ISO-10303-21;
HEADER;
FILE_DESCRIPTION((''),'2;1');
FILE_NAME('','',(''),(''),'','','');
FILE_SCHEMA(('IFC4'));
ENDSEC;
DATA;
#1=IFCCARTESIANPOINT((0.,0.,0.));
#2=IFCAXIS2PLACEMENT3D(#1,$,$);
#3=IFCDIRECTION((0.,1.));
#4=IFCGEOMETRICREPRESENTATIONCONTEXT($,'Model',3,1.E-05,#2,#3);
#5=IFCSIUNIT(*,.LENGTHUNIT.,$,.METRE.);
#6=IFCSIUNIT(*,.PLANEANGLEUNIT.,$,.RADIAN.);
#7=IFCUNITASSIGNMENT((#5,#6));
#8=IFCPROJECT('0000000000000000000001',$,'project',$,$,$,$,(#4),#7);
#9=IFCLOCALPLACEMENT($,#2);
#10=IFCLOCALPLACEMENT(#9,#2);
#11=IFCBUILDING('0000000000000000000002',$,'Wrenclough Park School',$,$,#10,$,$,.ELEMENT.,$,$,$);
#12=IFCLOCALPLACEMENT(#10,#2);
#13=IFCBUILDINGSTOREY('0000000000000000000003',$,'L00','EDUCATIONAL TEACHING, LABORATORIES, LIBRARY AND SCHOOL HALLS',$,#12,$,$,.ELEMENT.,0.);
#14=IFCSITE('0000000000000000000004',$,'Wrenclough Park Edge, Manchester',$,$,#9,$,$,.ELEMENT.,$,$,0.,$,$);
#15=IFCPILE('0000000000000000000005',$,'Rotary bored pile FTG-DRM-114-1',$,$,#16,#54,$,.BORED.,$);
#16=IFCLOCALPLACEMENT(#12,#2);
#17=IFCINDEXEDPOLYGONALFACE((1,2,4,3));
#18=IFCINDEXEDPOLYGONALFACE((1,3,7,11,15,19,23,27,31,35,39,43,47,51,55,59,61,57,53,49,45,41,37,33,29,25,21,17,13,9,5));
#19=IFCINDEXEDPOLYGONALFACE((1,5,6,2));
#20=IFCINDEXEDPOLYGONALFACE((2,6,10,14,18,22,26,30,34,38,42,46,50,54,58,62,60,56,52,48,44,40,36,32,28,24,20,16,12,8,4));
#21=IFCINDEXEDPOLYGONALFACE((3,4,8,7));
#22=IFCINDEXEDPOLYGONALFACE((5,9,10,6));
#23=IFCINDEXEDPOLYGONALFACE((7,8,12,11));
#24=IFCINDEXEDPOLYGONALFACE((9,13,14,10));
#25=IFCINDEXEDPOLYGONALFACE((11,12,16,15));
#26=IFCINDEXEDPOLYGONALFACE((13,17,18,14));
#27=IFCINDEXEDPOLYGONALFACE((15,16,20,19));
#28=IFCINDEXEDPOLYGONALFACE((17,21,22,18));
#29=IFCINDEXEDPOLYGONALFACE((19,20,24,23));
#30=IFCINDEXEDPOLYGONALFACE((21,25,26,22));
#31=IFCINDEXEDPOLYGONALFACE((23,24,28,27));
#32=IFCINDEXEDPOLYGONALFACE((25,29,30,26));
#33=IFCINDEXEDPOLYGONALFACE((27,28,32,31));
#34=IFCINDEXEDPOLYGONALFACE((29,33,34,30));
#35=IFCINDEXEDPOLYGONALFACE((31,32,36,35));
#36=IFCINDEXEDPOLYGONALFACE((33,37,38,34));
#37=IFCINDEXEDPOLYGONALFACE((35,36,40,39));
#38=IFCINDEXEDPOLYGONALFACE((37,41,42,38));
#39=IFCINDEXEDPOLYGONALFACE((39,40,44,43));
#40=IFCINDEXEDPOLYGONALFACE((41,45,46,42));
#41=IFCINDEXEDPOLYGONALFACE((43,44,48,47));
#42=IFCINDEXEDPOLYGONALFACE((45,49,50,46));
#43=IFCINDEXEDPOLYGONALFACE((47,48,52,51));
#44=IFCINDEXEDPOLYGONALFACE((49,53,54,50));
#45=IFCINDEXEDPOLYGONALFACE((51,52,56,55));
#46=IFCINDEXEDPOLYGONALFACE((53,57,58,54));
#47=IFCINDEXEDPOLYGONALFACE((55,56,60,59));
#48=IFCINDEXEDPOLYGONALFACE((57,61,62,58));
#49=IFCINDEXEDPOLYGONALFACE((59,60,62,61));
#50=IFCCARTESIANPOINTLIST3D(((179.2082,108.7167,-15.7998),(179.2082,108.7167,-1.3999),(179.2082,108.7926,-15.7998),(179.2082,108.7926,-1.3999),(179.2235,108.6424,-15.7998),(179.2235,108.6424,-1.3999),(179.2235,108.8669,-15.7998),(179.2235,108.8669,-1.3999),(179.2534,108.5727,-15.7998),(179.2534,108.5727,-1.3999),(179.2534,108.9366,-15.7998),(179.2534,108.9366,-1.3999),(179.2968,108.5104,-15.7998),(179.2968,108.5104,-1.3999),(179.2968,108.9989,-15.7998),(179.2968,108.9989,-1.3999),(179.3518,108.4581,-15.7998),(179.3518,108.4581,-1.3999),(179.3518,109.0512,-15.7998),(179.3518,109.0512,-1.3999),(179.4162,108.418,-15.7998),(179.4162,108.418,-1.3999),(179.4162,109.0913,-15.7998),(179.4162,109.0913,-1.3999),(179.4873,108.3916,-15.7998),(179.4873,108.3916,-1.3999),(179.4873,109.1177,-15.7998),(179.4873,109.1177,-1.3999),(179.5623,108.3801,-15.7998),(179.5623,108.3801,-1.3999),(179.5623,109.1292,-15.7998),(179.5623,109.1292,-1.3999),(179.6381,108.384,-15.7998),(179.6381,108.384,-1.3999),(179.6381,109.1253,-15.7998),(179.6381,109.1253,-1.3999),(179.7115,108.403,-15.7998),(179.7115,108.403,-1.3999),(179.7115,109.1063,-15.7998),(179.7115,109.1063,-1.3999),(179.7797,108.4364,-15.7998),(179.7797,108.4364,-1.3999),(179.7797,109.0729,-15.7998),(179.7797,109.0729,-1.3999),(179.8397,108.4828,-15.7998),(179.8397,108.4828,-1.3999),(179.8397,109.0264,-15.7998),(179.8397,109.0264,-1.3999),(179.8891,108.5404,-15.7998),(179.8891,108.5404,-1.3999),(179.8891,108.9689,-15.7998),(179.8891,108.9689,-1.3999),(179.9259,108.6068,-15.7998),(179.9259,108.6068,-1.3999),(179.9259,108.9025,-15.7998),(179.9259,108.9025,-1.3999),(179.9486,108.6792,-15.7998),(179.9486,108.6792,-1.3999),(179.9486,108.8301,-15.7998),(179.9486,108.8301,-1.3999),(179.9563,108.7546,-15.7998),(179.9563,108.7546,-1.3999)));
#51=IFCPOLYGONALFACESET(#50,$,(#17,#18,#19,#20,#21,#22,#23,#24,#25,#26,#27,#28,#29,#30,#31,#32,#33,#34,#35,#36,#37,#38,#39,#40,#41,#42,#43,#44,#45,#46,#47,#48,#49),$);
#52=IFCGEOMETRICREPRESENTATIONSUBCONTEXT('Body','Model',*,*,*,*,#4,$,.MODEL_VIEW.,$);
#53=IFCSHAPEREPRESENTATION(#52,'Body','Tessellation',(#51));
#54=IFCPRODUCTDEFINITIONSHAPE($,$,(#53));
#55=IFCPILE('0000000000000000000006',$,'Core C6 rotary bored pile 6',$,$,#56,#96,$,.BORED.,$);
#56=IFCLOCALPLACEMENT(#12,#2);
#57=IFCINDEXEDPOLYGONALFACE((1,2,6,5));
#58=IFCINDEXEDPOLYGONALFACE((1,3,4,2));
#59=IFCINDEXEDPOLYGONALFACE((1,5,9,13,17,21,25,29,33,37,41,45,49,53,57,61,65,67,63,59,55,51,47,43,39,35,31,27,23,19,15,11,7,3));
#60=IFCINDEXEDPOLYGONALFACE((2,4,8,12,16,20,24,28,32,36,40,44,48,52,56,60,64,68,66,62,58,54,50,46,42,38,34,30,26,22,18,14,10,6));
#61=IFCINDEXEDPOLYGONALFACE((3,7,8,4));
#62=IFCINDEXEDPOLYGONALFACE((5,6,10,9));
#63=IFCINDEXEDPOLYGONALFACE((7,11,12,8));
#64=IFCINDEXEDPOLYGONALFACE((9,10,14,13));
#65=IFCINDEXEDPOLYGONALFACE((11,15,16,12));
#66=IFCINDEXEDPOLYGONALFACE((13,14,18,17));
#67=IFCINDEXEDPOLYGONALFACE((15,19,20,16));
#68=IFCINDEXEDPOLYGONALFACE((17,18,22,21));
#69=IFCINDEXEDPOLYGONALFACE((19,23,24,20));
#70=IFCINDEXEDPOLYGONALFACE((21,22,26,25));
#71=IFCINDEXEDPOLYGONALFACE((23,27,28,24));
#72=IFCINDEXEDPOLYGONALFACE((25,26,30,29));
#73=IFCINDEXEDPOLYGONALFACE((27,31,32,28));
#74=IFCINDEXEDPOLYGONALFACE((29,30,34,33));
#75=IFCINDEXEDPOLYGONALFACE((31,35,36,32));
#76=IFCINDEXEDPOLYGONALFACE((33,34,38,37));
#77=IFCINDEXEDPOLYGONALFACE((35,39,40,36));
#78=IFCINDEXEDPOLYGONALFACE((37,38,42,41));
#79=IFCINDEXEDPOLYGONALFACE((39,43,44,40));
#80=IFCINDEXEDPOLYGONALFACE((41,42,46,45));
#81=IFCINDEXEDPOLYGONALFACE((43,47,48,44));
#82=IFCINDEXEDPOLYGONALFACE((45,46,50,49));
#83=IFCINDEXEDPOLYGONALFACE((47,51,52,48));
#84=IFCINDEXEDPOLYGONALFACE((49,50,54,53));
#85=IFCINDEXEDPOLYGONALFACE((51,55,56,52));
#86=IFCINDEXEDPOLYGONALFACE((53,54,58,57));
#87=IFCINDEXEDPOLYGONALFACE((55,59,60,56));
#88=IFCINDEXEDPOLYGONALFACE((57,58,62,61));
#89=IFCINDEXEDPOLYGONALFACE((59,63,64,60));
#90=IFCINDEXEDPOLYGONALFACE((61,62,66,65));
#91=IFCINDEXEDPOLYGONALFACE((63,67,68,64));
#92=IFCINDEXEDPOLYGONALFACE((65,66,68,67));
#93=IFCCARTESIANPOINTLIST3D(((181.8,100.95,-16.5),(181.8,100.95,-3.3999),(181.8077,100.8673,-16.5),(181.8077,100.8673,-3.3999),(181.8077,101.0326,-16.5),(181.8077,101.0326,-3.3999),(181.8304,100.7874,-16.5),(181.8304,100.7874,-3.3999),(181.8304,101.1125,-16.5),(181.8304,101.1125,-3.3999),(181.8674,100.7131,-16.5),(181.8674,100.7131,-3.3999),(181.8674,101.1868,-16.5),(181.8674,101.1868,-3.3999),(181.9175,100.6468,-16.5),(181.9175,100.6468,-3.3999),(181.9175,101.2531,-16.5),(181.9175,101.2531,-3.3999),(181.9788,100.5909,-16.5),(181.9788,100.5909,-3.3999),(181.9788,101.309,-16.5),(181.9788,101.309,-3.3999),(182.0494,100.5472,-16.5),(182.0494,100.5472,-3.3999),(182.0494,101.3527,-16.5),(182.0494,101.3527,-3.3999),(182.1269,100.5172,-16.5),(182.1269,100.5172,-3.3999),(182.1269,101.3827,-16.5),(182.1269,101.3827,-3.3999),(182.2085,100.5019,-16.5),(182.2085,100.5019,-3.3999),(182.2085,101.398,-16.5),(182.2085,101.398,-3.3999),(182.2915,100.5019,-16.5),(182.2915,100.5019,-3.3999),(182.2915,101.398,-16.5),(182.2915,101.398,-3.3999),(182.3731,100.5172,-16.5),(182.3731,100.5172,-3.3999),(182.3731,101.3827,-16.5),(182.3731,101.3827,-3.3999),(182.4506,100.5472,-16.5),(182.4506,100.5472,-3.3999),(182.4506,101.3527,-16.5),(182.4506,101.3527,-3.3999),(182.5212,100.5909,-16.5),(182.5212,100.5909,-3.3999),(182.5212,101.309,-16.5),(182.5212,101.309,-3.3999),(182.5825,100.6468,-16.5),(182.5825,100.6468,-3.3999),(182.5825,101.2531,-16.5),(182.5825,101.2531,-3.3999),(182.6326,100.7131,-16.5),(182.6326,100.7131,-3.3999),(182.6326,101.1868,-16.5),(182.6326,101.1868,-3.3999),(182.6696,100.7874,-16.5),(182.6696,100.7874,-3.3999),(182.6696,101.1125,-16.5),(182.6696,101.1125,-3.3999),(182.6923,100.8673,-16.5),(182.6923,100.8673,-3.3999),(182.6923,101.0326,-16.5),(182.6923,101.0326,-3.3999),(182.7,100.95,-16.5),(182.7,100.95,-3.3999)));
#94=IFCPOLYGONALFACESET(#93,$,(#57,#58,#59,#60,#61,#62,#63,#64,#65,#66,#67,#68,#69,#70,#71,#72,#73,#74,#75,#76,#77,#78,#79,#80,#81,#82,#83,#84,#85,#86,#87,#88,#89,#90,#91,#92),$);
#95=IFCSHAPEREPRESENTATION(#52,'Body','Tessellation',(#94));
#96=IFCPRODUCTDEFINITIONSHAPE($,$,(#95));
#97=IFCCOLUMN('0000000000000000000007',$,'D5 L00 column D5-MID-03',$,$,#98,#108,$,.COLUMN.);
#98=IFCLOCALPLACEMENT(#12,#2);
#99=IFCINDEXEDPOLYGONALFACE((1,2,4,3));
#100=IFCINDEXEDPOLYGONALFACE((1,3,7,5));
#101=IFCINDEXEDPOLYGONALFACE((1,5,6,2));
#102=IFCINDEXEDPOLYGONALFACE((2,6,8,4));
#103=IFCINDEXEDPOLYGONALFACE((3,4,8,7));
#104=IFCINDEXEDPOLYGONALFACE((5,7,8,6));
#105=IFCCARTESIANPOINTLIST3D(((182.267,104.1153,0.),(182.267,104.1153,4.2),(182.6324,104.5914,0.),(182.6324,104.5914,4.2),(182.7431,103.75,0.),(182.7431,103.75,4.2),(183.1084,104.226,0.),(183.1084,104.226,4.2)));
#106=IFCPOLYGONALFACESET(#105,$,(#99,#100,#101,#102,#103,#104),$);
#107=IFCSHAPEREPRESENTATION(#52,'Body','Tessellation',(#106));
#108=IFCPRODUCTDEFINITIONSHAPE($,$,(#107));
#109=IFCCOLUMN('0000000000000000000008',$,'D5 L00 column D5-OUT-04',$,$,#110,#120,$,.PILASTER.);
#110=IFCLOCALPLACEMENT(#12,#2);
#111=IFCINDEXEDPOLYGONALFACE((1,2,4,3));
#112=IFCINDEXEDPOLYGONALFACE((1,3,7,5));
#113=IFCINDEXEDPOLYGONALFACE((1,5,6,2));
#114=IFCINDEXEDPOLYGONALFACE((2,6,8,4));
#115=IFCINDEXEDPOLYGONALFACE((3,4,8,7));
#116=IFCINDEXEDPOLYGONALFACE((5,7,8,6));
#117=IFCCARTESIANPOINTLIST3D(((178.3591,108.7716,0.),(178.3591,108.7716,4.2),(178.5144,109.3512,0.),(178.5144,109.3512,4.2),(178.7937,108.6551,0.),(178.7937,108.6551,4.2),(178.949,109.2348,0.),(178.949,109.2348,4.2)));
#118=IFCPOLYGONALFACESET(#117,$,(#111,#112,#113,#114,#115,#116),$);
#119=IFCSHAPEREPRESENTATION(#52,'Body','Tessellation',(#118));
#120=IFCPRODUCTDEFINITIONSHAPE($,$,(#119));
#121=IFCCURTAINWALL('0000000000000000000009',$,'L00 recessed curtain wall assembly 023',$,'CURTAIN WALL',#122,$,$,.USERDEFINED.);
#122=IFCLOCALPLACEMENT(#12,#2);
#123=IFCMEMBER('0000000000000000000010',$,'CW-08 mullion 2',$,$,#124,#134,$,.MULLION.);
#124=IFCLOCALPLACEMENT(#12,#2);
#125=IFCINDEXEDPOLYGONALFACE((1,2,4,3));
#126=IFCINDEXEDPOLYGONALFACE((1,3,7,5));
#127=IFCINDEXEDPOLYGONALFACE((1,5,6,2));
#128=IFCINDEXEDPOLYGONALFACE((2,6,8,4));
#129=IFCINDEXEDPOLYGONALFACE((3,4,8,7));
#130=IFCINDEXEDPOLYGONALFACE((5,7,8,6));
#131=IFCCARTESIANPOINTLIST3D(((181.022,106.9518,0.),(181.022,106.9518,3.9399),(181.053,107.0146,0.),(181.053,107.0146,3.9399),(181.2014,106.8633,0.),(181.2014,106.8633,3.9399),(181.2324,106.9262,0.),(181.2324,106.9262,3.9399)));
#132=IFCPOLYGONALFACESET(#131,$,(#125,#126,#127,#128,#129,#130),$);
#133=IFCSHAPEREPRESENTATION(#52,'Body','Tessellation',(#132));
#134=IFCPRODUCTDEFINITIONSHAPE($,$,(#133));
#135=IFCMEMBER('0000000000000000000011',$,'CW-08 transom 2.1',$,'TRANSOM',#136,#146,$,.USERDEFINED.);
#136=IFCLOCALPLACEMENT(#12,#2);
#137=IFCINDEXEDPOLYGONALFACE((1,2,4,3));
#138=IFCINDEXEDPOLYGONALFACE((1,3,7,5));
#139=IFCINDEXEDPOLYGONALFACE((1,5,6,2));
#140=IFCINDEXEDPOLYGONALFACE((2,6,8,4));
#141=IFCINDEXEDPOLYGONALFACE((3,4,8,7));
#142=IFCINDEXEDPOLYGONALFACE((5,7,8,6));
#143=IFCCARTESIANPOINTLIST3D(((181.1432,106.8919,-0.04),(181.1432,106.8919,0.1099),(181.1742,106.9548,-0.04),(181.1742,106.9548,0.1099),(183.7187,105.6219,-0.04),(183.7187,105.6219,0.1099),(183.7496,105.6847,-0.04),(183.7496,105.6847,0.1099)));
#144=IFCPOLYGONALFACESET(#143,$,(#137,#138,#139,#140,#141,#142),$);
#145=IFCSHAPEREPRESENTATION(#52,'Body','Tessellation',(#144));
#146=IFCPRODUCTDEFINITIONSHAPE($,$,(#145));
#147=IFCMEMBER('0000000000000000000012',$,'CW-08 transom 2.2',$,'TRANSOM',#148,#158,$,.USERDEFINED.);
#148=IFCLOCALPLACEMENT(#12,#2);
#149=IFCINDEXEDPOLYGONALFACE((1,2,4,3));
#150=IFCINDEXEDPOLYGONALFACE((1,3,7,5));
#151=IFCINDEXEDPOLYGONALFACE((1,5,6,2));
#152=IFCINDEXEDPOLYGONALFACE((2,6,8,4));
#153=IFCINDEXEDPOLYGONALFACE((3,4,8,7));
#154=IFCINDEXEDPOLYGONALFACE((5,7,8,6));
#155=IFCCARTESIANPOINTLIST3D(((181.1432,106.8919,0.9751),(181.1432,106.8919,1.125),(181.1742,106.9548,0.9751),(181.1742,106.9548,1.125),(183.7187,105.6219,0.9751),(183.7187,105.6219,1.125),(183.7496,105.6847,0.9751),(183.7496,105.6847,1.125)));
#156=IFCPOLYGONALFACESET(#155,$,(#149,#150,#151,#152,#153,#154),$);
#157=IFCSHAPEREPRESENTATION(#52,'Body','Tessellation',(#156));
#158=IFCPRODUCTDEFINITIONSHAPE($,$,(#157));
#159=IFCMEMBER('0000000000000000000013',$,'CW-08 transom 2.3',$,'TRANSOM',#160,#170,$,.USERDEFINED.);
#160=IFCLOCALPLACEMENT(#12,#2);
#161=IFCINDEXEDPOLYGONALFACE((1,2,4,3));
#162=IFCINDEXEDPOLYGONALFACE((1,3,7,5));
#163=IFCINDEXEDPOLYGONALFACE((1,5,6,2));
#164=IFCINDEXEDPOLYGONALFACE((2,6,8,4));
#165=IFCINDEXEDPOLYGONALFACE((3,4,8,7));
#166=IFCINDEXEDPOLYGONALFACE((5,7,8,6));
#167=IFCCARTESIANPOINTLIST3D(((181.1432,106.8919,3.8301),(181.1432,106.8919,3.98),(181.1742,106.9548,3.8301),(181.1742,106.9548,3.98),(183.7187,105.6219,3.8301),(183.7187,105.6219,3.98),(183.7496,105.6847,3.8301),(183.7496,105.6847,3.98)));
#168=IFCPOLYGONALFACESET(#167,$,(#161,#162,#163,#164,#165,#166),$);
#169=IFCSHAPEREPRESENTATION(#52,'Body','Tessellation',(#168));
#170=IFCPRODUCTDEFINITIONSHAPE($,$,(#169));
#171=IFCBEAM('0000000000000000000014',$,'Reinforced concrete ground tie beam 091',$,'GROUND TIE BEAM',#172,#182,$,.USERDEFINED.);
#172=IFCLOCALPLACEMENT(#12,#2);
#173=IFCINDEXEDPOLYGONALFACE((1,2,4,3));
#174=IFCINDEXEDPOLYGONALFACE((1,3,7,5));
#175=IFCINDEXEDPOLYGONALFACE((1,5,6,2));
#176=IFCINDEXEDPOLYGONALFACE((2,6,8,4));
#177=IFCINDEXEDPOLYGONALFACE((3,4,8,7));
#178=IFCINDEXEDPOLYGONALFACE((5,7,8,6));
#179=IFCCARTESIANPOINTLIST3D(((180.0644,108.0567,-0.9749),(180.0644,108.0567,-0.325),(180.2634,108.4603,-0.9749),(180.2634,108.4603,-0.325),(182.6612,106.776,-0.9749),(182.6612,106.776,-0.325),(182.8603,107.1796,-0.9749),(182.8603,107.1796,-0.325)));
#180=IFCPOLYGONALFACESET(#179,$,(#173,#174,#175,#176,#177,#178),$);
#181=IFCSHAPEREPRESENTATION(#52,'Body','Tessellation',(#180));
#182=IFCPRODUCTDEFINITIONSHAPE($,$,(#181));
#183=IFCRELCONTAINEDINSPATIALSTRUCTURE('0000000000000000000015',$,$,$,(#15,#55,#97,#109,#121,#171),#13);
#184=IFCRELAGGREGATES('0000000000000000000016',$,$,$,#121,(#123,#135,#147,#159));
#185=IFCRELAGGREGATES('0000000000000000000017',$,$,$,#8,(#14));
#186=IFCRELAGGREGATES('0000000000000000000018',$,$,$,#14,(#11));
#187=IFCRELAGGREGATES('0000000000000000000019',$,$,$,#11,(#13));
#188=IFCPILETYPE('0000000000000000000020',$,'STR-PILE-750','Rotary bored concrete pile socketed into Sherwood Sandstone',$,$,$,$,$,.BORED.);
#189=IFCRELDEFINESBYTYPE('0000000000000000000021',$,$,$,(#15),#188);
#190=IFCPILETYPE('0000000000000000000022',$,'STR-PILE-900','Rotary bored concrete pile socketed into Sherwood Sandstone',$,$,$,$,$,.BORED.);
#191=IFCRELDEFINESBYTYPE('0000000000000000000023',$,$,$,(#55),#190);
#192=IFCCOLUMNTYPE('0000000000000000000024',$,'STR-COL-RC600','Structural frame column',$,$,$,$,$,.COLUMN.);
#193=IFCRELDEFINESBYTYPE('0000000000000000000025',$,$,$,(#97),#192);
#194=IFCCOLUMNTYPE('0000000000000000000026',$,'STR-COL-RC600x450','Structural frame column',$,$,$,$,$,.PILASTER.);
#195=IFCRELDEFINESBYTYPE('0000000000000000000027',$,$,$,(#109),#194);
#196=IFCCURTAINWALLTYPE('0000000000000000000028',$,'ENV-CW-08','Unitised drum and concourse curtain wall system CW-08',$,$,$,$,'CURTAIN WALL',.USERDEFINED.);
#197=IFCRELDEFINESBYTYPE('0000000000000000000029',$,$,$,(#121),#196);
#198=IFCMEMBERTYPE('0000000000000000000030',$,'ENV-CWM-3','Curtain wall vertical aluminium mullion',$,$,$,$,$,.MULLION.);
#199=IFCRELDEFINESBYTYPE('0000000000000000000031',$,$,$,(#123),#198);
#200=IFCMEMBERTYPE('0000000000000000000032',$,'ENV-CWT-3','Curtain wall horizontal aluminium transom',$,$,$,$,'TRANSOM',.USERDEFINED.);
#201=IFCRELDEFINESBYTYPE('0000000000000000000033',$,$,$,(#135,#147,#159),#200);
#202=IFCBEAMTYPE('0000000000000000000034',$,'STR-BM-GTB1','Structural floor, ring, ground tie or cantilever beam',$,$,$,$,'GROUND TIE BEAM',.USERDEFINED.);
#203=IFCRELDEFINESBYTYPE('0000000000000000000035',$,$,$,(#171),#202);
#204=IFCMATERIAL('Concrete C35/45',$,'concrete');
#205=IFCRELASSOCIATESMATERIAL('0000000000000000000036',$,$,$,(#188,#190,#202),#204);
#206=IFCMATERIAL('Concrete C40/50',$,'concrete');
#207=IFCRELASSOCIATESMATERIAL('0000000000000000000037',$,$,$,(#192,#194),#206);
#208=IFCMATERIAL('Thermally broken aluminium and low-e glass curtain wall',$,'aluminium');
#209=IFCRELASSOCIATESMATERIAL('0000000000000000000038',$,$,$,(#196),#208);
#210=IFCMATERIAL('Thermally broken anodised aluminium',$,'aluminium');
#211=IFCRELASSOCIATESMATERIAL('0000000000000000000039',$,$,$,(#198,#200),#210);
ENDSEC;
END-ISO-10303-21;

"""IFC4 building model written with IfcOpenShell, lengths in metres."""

from ifc_helpers import new_model, si_unit, direction, frame, origin, origin_2d, place, context, subcontext, project, spatial, rectangle, circle, extrude, material, material_profile, profile_set, type_object, element, aggregate, save


model = new_model("IFC4")

# Units and contexts
model_context = context("Model", 3, precision=1e-05, world=origin(), true_north=direction((0.0, 1.0)))
body_context = subcontext(model_context, "Body", "Model", "MODEL_VIEW")
ifc_project = project(units=[si_unit("LENGTHUNIT", "METRE"), si_unit("PLANEANGLEUNIT", "RADIAN")], contexts=[model_context])

# Site, building, storey
site_placement = place(None, origin())
site = spatial("IfcSite", under=ifc_project, at=site_placement, Name="Wrenclough Park Edge, Manchester", CompositionType="ELEMENT", RefElevation=0.0)
building_placement = place(site_placement, origin())
building = spatial("IfcBuilding", under=site, at=building_placement, Name="Wrenclough Park School", CompositionType="ELEMENT")
storey_placement = place(building_placement, origin())
storey = spatial("IfcBuildingStorey", under=building, at=storey_placement, Name="L00", Description="EDUCATIONAL TEACHING, LABORATORIES, LIBRARY AND SCHOOL HALLS", CompositionType="ELEMENT", Elevation=0.0)

# Shared definitions
ifc_material_1 = material(Name="Concrete C35/45", Category="concrete")

# Piles
ifc_material_profile_1 = material_profile(ifc_material_1, circle(Radius=0.375, at=origin_2d()), Name="BORED PILE D750")
ifc_profile_set_1 = profile_set([ifc_material_profile_1], Name="Concrete C35/45")
pile_type_1 = type_object("IfcPileType", Name="STR-PILE-750", Description="Rotary bored concrete pile socketed into Sherwood Sandstone", PredefinedType="BORED", material=ifc_profile_set_1)
for number, where, z_axis, x_axis, name in (
    (1, (179.5813, 108.7546, -1.3999), (0.0, 0.0, -1.0), (1.0, 0.0, 0.0), "Rotary bored pile FTG-DRM-114-1"),
):
    element("IfcPile", number, at=place(storey_placement, frame(where, z_axis=z_axis, x_axis=x_axis)), inside=storey, type_object=pile_type_1, Name=name, PredefinedType="BORED", context=body_context, shape_type="SweptSolid", body=[
        extrude(circle(Radius=0.375, at=origin_2d()), origin(), (0.0, 0.0, 1.0), 14.3999),
    ])
ifc_material_profile_2 = material_profile(ifc_material_1, circle(Radius=0.45, at=origin_2d()), Name="BORED PILE D900")
ifc_profile_set_2 = profile_set([ifc_material_profile_2], Name="Concrete C35/45")
pile_type_2 = type_object("IfcPileType", Name="STR-PILE-900", Description="Rotary bored concrete pile socketed into Sherwood Sandstone", PredefinedType="BORED", material=ifc_profile_set_2)
pile_placement = place(storey_placement, frame((182.25, 100.95, -3.3999), z_axis=(0.0, 0.0, -1.0), x_axis=(1.0, 0.0, 0.0)))
element("IfcPile", 2, at=pile_placement, inside=storey, type_object=pile_type_2, Name="Core C6 rotary bored pile 6", PredefinedType="BORED", context=body_context, shape_type="SweptSolid", body=[
    extrude(circle(Radius=0.45, at=origin_2d()), origin(), (0.0, 0.0, 1.0), 13.1001),
])

# Columns
ifc_material_2 = material(Name="Concrete C40/50", Category="concrete")
ifc_material_profile_3 = material_profile(ifc_material_2, rectangle(XDim=0.6001, YDim=0.6001, at=origin_2d()), Name="RC COL 600x600")
ifc_profile_set_3 = profile_set([ifc_material_profile_3], Name="Concrete C40/50")
column_type_1 = type_object("IfcColumnType", Name="STR-COL-RC600", Description="Structural frame column", PredefinedType="COLUMN", material=ifc_profile_set_3)
column_1_placement = place(storey_placement, frame((182.6877, 104.1707, 0.0), z_axis=(0.0, 0.0, 1.0), x_axis=(-0.793353, 0.608761, 0.0)))
element("IfcColumn", 3, at=column_1_placement, inside=storey, type_object=column_type_1, Name="D5 L00 column D5-MID-03", PredefinedType="COLUMN", context=body_context, shape_type="SweptSolid", body=[
    extrude(rectangle(XDim=0.6001, YDim=0.6001, at=origin_2d()), origin(), (0.0, 0.0, 1.0), 4.2),
])
ifc_material_profile_4 = material_profile(ifc_material_2, rectangle(XDim=0.45, YDim=0.6001, at=origin_2d()), Name="RC COL 600x450")
ifc_profile_set_4 = profile_set([ifc_material_profile_4], Name="Concrete C40/50")
column_type_2 = type_object("IfcColumnType", Name="STR-COL-RC600x450", Description="Structural frame column", PredefinedType="PILASTER", material=ifc_profile_set_4)
column_2_placement = place(storey_placement, frame((178.6541, 109.0032, 0.0), z_axis=(0.0, 0.0, 1.0), x_axis=(-0.965926, 0.258819, 0.0)))
element("IfcColumn", 4, at=column_2_placement, inside=storey, type_object=column_type_2, Name="D5 L00 column D5-OUT-04", PredefinedType="PILASTER", context=body_context, shape_type="SweptSolid", body=[
    extrude(rectangle(XDim=0.45, YDim=0.6001, at=origin_2d()), origin(), (0.0, 0.0, 1.0), 4.2),
])

# Curtain wall, members
ifc_material_3 = material(Name="Thermally broken aluminium and low-e glass curtain wall", Category="aluminium")
curtain_wall_type = type_object("IfcCurtainWallType", Name="ENV-CW-08", Description="Unitised drum and concourse curtain wall system CW-08", ElementType="CURTAIN WALL", PredefinedType="USERDEFINED", material=ifc_material_3)
curtain_wall_placement = place(storey_placement, origin())
curtain_wall = element("IfcCurtainWall", 5, at=curtain_wall_placement, inside=storey, type_object=curtain_wall_type, Name="L00 recessed curtain wall assembly 023", ObjectType="CURTAIN WALL", PredefinedType="USERDEFINED")
ifc_material_4 = material(Name="Thermally broken anodised aluminium", Category="aluminium")
ifc_material_profile_5 = material_profile(ifc_material_4, rectangle(XDim=0.0701, YDim=0.2, at=origin_2d()), Name="AL MULLION 70x200")
ifc_profile_set_5 = profile_set([ifc_material_profile_5], Name="Thermally broken anodised aluminium")
member_type_1 = type_object("IfcMemberType", Name="ENV-CWM-3", Description="Curtain wall vertical aluminium mullion", PredefinedType="MULLION", material=ifc_profile_set_5)
member_1_placement = place(storey_placement, frame((181.1272, 106.939, 0.0), z_axis=(0.0, 0.0, 1.0), x_axis=(0.442302, 0.896866, 0.0)))
member_1 = element("IfcMember", 6, at=member_1_placement, type_object=member_type_1, Name="CW-08 mullion 2", PredefinedType="MULLION", context=body_context, shape_type="SweptSolid", body=[
    extrude(rectangle(XDim=0.0701, YDim=0.2, at=origin_2d()), origin(), (0.0, 0.0, 1.0), 3.9399),
])
ifc_material_profile_6 = material_profile(ifc_material_4, rectangle(XDim=0.0701, YDim=0.1499, at=origin_2d()), Name="AL TRANSOM 70x150")
ifc_profile_set_6 = profile_set([ifc_material_profile_6], Name="Thermally broken anodised aluminium")
member_type_2 = type_object("IfcMemberType", Name="ENV-CWT-3", Description="Curtain wall horizontal aluminium transom", ElementType="TRANSOM", PredefinedType="USERDEFINED", material=ifc_profile_set_6)
member_2_placement = place(storey_placement, frame((181.1587, 106.9233, 0.0349), z_axis=(0.896879, -0.442276, 0.0), x_axis=(0.442276, 0.896879, 0.0)))
member_2 = element("IfcMember", 7, at=member_2_placement, type_object=member_type_2, Name="CW-08 transom 2.1", ObjectType="TRANSOM", PredefinedType="USERDEFINED", context=body_context, shape_type="SweptSolid", body=[
    extrude(rectangle(XDim=0.0701, YDim=0.1499, at=origin_2d()), origin(), (0.0, 0.0, 1.0), 2.8716),
])
member_3_placement = place(storey_placement, frame((181.1587, 106.9233, 1.05), z_axis=(0.896879, -0.442276, 0.0), x_axis=(0.442276, 0.896879, 0.0)))
member_3 = element("IfcMember", 8, at=member_3_placement, type_object=member_type_2, Name="CW-08 transom 2.2", ObjectType="TRANSOM", PredefinedType="USERDEFINED", context=body_context, shape_type="SweptSolid", body=[
    extrude(rectangle(XDim=0.0701, YDim=0.1499, at=origin_2d()), origin(), (0.0, 0.0, 1.0), 2.8716),
])
member_4_placement = place(storey_placement, frame((181.1587, 106.9233, 3.905), z_axis=(0.896879, -0.442276, 0.0), x_axis=(0.442276, 0.896879, 0.0)))
member_4 = element("IfcMember", 9, at=member_4_placement, type_object=member_type_2, Name="CW-08 transom 2.3", ObjectType="TRANSOM", PredefinedType="USERDEFINED", context=body_context, shape_type="SweptSolid", body=[
    extrude(rectangle(XDim=0.0701, YDim=0.1499, at=origin_2d()), origin(), (0.0, 0.0, 1.0), 2.8716),
])

# Beam
ifc_material_profile_7 = material_profile(ifc_material_1, rectangle(XDim=0.45, YDim=0.6499, at=origin_2d()), Name="RC GROUND 450x650")
ifc_profile_set_7 = profile_set([ifc_material_profile_7], Name="Concrete C35/45")
beam_type_1 = type_object("IfcBeamType", Name="STR-BM-GTB1", Description="Structural floor, ring, ground tie or cantilever beam", ElementType="GROUND TIE BEAM", PredefinedType="USERDEFINED", material=ifc_profile_set_7)
beam_1_placement = place(storey_placement, frame((182.7607, 106.9778, -0.6499), z_axis=(-0.896859, 0.442317, 0.0), x_axis=(-0.442317, -0.896859, 0.0)))
element("IfcBeam", 10, at=beam_1_placement, inside=storey, type_object=beam_type_1, Name="Reinforced concrete ground tie beam 091", ObjectType="GROUND TIE BEAM", PredefinedType="USERDEFINED", context=body_context, shape_type="SweptSolid", body=[
    extrude(rectangle(XDim=0.45, YDim=0.6499, at=origin_2d()), origin(), (0.0, 0.0, 1.0), 2.8955),
])

aggregate(curtain_wall, [member_1, member_2, member_3, member_4])

save(model, "model.ifc")
